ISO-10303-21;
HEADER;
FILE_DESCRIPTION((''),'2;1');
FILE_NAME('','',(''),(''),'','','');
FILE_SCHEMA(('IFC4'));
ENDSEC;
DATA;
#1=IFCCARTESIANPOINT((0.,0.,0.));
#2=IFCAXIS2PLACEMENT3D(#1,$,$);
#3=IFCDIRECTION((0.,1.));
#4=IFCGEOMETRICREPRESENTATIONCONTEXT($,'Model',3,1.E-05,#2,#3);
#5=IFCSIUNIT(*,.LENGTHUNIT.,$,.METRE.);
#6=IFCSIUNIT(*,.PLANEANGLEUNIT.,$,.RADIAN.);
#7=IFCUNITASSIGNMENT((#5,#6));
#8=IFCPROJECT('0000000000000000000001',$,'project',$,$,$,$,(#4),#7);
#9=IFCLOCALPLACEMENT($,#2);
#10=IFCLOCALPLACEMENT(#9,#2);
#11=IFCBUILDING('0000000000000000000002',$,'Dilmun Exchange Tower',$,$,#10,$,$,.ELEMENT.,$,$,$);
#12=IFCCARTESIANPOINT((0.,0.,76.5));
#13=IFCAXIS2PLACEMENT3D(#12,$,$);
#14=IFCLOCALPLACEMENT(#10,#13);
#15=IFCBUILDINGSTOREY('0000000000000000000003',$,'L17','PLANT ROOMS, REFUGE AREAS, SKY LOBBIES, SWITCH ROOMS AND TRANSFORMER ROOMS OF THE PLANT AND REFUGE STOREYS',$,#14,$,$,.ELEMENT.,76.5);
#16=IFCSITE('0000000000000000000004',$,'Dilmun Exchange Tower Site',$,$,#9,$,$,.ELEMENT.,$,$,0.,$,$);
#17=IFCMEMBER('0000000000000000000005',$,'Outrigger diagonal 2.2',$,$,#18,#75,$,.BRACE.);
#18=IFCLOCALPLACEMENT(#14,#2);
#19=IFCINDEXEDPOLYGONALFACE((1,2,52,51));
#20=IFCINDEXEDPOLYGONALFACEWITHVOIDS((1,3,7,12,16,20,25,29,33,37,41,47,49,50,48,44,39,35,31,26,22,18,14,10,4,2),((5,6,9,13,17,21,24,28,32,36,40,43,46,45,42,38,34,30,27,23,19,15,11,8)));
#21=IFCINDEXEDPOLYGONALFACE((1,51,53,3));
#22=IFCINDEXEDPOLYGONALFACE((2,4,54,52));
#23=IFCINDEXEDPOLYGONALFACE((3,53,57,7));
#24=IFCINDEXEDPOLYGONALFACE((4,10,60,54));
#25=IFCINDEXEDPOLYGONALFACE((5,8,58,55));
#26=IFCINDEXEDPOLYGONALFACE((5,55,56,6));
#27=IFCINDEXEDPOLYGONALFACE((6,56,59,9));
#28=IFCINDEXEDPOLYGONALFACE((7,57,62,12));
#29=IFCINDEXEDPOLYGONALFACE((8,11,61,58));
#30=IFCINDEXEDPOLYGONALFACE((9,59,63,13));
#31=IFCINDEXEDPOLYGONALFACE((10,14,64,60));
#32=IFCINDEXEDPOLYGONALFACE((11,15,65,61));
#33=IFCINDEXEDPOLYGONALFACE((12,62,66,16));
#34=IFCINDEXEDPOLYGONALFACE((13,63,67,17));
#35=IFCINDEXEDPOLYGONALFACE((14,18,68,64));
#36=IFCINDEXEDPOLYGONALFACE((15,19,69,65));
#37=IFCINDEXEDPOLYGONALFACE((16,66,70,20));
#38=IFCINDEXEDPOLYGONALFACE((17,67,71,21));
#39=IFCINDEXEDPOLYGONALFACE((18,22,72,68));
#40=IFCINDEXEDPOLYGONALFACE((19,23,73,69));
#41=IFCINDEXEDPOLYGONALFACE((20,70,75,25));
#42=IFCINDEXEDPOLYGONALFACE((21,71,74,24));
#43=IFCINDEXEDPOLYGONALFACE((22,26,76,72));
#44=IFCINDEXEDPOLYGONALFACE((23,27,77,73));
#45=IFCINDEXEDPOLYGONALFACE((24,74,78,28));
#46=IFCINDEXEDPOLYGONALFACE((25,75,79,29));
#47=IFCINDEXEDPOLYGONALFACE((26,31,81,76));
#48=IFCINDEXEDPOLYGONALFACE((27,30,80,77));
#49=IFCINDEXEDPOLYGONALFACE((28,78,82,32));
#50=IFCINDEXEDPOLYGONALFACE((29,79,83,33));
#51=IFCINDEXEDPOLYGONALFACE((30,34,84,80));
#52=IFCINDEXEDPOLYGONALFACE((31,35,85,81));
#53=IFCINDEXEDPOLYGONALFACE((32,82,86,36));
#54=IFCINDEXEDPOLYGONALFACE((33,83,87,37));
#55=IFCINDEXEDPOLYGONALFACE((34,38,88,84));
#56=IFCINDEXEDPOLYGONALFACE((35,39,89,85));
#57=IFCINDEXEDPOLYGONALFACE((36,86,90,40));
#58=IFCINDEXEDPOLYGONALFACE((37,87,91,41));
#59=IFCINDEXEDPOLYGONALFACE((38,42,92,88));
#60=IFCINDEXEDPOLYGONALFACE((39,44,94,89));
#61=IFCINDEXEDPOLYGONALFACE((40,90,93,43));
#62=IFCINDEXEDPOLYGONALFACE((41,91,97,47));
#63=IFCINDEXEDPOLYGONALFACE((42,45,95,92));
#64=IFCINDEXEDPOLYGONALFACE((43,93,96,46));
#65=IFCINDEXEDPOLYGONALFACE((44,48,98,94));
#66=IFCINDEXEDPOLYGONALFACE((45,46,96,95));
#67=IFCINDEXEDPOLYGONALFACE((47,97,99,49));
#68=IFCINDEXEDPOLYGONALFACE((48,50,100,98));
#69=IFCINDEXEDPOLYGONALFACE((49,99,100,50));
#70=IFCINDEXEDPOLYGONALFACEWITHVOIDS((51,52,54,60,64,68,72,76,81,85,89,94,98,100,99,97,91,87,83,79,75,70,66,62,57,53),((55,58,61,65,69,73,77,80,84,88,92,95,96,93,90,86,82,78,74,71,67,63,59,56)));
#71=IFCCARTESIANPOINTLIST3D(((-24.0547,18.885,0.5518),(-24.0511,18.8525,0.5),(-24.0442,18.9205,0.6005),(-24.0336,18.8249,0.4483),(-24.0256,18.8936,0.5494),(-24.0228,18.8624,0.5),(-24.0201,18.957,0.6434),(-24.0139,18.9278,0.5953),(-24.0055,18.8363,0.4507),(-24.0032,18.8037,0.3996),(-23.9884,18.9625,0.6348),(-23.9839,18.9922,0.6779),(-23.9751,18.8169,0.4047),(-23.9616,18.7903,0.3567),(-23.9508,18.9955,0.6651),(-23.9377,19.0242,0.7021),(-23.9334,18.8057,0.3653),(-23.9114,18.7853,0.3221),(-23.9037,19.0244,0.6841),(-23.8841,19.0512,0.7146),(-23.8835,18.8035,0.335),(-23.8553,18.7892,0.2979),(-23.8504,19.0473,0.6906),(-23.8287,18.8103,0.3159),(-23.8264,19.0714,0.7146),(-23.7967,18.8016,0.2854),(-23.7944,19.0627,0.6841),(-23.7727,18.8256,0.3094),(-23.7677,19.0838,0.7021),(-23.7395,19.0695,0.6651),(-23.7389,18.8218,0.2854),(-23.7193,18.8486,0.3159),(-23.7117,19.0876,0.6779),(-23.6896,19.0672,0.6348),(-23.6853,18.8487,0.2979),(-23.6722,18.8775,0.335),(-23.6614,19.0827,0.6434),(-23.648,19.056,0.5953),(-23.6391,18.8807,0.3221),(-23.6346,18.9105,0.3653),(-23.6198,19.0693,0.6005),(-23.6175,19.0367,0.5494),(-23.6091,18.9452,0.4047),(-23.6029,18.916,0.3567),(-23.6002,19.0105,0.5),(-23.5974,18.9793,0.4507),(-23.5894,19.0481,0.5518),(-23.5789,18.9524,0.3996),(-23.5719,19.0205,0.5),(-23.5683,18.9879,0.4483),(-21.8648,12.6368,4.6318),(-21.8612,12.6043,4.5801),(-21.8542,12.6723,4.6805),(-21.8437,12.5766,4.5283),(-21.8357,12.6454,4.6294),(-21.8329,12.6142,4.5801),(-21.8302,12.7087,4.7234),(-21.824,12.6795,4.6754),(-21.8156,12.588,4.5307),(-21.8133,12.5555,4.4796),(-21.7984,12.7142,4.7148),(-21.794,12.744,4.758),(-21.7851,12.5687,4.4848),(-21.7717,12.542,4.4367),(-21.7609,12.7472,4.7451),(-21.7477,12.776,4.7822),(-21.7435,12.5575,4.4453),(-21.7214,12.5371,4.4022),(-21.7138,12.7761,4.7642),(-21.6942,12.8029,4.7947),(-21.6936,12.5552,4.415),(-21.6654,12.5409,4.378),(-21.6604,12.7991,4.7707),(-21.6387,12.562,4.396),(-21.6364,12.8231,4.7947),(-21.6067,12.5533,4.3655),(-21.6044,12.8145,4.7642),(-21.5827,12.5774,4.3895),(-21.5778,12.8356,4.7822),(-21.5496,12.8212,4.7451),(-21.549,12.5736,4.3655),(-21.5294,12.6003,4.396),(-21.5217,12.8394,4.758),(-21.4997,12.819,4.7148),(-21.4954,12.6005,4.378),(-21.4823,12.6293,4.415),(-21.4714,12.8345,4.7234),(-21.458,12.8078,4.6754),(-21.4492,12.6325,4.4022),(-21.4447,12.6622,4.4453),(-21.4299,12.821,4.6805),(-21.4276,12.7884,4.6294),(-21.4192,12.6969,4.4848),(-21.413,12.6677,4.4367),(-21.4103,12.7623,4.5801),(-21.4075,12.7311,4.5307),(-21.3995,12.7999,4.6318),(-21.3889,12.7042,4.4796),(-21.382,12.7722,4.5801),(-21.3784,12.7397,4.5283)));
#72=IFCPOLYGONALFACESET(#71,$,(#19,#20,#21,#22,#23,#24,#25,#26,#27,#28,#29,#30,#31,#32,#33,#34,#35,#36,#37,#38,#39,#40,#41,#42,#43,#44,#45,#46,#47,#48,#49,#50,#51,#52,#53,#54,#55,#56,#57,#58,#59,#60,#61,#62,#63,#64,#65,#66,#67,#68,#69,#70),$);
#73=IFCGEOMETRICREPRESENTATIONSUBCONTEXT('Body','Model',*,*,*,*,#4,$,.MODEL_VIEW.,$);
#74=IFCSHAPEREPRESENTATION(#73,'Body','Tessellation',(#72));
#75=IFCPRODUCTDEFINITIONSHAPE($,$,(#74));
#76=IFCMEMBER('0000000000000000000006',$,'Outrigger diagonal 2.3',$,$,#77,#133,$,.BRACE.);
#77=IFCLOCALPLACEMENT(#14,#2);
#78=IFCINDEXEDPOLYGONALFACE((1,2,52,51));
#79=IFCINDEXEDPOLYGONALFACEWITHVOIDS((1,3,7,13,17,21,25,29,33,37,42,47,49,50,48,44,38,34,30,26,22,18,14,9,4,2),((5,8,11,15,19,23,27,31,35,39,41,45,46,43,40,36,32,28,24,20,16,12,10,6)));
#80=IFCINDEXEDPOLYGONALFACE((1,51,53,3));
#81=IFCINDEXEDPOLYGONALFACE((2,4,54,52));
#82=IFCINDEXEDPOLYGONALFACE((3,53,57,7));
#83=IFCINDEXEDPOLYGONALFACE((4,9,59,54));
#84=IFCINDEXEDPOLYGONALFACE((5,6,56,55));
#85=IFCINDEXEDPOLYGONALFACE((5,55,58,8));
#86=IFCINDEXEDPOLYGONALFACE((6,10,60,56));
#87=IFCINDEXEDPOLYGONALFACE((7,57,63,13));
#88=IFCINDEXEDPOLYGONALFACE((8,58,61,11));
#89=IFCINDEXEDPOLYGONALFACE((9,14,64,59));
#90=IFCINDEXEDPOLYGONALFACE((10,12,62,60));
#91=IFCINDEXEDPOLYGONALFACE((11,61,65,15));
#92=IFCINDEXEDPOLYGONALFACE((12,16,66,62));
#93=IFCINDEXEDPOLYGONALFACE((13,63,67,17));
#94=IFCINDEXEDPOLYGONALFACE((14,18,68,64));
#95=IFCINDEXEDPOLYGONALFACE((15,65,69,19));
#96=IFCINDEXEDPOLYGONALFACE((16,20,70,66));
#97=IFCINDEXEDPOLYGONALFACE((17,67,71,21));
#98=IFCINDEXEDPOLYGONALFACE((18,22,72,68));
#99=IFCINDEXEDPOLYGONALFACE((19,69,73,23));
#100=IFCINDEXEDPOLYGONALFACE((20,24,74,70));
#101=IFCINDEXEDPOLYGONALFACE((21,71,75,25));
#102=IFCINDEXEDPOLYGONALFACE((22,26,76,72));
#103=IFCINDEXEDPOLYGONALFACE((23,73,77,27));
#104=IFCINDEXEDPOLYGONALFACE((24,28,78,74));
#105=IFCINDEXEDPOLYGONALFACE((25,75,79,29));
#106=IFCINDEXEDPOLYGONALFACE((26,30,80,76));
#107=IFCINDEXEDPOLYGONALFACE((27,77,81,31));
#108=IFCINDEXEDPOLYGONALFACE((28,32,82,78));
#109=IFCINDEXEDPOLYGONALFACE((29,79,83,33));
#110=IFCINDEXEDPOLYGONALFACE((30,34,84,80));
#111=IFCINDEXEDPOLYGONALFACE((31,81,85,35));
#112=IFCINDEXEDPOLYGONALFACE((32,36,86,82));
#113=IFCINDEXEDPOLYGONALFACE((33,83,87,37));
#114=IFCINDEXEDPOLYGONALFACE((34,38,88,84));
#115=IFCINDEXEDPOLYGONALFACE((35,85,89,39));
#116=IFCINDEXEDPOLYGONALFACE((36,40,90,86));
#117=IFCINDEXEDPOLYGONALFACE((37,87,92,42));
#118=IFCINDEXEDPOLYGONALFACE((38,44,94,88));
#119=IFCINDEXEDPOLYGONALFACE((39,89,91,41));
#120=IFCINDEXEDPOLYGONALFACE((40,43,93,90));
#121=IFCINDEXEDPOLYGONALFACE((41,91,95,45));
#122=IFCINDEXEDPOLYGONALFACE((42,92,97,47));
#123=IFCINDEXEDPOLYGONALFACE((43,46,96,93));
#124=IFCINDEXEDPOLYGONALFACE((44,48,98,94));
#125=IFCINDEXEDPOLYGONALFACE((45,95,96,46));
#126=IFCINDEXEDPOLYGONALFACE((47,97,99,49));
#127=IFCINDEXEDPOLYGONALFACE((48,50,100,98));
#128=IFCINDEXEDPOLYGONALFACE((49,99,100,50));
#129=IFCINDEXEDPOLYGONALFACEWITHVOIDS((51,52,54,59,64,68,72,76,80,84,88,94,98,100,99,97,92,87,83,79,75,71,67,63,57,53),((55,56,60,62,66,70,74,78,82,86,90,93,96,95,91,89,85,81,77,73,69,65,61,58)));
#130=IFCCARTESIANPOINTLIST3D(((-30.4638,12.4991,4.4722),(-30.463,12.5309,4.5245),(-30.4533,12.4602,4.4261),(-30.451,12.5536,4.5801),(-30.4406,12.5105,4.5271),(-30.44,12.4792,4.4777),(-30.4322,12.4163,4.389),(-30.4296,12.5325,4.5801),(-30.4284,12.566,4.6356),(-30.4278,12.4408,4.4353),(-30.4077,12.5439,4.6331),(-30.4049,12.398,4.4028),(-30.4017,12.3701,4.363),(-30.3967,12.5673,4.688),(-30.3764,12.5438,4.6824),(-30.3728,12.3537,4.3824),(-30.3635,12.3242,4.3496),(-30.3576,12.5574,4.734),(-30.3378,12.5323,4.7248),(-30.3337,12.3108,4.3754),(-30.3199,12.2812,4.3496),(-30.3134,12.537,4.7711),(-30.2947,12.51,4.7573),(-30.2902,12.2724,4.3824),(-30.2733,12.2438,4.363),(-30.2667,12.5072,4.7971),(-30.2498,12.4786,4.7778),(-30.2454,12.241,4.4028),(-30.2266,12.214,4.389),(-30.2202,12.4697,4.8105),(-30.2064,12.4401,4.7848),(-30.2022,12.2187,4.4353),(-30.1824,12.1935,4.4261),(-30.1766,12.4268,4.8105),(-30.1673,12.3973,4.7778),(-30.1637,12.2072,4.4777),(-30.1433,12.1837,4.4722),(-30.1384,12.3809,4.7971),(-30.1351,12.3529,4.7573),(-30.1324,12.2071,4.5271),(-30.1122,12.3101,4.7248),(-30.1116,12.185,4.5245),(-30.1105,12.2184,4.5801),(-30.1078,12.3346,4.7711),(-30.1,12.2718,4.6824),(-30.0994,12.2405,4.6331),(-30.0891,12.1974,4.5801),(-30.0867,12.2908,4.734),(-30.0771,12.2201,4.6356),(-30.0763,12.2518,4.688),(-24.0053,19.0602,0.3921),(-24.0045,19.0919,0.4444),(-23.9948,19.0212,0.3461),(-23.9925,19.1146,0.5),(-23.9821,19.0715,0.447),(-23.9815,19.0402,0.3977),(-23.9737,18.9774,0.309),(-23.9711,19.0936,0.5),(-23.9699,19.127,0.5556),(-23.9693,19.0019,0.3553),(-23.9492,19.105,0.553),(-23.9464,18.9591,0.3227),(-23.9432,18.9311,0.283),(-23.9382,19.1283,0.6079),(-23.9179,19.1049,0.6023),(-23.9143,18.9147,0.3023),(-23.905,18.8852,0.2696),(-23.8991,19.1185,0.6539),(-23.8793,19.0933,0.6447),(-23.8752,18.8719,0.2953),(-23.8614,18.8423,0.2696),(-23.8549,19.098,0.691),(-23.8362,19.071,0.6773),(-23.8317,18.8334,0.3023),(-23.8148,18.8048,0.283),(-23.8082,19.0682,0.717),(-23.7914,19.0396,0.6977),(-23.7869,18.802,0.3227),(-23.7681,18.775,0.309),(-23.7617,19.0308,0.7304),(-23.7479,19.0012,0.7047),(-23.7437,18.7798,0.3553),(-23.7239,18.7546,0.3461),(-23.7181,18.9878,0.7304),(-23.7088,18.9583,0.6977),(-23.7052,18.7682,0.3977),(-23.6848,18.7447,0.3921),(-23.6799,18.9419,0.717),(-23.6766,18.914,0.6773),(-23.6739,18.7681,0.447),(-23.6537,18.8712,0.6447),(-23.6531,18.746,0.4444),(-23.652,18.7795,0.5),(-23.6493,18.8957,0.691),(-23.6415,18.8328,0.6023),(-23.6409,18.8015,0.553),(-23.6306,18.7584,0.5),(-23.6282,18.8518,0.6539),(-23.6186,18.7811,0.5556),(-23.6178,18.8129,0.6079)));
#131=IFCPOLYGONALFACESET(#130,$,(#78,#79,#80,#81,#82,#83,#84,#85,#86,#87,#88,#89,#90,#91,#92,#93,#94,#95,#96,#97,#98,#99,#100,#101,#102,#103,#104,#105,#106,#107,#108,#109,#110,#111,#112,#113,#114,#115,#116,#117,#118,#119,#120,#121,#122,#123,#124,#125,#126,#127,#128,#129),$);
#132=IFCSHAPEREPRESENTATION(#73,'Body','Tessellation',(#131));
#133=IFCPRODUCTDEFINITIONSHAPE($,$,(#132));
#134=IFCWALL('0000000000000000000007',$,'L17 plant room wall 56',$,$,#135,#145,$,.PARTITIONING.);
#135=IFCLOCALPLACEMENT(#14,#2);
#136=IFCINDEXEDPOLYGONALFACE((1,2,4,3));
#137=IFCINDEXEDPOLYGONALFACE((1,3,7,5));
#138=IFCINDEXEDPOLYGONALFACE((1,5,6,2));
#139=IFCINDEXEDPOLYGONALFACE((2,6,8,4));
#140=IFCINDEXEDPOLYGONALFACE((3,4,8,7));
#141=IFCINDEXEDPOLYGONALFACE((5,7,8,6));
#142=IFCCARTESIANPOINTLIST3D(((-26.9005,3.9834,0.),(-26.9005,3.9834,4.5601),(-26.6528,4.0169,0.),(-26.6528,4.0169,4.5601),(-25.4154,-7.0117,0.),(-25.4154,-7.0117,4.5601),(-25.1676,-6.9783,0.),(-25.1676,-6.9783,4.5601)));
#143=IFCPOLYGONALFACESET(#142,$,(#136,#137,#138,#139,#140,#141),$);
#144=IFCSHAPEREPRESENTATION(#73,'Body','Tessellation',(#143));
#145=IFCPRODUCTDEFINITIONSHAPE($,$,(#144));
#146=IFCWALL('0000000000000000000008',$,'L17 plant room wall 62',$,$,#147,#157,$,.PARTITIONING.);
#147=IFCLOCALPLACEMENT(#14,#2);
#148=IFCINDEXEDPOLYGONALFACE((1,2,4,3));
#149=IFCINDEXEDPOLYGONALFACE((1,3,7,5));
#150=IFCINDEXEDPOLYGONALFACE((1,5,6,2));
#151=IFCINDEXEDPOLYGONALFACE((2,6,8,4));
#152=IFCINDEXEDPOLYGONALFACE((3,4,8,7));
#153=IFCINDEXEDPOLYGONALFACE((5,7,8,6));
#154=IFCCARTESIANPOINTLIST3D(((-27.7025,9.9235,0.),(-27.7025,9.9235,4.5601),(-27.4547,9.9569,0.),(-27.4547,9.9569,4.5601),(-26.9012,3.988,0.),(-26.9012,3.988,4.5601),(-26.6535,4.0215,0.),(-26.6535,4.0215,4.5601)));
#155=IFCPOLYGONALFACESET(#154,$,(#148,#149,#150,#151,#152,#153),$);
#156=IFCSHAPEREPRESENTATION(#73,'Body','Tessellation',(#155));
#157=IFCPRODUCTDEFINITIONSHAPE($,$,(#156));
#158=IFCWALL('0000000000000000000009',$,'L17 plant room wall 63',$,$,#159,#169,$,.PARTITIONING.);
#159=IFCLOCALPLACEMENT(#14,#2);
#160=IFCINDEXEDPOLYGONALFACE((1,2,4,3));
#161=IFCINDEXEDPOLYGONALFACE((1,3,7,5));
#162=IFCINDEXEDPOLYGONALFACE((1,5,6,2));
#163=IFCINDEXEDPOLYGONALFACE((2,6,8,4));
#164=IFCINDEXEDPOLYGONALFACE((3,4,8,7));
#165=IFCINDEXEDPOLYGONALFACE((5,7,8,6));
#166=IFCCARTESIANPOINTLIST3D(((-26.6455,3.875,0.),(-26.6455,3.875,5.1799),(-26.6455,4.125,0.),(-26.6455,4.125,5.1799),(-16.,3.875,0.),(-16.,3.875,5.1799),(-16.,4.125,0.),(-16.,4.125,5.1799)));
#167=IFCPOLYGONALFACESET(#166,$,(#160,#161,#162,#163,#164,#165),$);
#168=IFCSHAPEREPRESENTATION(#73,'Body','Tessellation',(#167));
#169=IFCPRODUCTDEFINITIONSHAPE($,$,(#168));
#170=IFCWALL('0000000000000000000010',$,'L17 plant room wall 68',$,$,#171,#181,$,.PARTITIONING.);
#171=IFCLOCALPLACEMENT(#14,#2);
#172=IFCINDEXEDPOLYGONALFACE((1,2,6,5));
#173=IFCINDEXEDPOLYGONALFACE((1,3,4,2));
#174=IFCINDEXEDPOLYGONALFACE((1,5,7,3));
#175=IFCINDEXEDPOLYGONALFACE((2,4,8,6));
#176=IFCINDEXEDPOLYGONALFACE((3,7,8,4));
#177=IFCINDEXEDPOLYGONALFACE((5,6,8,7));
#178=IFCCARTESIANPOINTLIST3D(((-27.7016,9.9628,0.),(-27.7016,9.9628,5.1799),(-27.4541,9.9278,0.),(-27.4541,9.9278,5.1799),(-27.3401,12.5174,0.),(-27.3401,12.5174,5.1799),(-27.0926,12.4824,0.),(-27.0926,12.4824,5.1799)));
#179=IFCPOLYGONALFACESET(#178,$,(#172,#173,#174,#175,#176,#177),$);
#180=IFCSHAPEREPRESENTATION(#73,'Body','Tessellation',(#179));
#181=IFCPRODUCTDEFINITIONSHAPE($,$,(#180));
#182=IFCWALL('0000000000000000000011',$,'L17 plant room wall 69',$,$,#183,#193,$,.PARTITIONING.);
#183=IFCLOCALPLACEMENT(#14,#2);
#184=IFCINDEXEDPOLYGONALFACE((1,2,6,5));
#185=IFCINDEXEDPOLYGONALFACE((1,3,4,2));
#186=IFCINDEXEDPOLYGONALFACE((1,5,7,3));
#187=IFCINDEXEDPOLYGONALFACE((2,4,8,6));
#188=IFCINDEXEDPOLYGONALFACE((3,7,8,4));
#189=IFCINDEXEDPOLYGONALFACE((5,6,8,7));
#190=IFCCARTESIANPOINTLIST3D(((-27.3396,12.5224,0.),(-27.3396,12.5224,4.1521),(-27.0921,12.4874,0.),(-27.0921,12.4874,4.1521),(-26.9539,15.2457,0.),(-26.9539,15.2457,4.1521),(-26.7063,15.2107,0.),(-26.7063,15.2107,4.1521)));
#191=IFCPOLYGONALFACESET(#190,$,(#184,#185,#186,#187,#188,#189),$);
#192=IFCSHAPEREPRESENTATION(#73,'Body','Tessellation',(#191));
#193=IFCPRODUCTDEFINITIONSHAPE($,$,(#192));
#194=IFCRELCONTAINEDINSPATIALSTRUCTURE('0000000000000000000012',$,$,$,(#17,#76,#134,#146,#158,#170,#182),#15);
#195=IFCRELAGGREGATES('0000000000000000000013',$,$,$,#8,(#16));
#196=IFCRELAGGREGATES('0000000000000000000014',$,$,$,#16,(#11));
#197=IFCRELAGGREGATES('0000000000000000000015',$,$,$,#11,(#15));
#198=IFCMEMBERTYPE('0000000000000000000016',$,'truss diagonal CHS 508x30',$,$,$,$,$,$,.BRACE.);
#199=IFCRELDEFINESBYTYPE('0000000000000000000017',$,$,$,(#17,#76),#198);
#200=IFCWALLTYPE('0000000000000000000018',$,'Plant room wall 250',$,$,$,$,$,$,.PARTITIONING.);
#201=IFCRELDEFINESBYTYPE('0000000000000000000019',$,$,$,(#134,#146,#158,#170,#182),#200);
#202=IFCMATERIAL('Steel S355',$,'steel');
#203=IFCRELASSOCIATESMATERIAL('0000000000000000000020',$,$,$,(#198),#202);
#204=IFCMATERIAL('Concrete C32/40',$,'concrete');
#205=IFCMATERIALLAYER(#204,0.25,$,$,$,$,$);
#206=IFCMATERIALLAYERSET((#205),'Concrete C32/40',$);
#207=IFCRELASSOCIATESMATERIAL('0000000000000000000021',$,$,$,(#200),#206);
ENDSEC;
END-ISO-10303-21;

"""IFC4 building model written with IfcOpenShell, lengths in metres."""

from ifc_helpers import new_model, si_unit, direction, frame, frame_2d, origin, origin_2d, place, context, subcontext, project, spatial, rectangle, hollow_circle, extrude, material, layer, layer_set, material_profile, profile_set, type_object, element, save


model = new_model("IFC4")

# Units and contexts
model_context = context("Model", 3, precision=1e-05, world=origin(), true_north=direction((0.0, 1.0)))
body_context = subcontext(model_context, "Body", "Model", "MODEL_VIEW")
ifc_project = project(units=[si_unit("LENGTHUNIT", "METRE"), si_unit("PLANEANGLEUNIT", "RADIAN")], contexts=[model_context])

# Site, building, storey
site_placement = place(None, origin())
site = spatial("IfcSite", under=ifc_project, at=site_placement, Name="Dilmun Exchange Tower Site", CompositionType="ELEMENT", RefElevation=0.0)
building_placement = place(site_placement, origin())
building = spatial("IfcBuilding", under=site, at=building_placement, Name="Dilmun Exchange Tower", CompositionType="ELEMENT")
storey_placement = place(building_placement, frame((0.0, 0.0, 76.5)))
storey = spatial("IfcBuildingStorey", under=building, at=storey_placement, Name="L17", Description="PLANT ROOMS, REFUGE AREAS, SKY LOBBIES, SWITCH ROOMS AND TRANSFORMER ROOMS OF THE PLANT AND REFUGE STOREYS", CompositionType="ELEMENT", Elevation=76.5)

# Shared definitions
ifc_material_1 = material(Name="Steel S355", Category="steel")

# Members
ifc_material_profile_1 = material_profile(ifc_material_1, hollow_circle(Radius=0.2539, WallThickness=0.03, at=origin_2d()), Name="CHS 508x30")
ifc_profile_set_1 = profile_set([ifc_material_profile_1], Name="Steel S355")
member_type_1 = type_object("IfcMemberType", Name="truss diagonal CHS 508x30", PredefinedType="BRACE", material=ifc_profile_set_1)
member_1_placement = place(storey_placement, frame((-21.6216, 12.6882, 4.5801), z_axis=(-0.281587, 0.803417, -0.524624), x_axis=(-0.943715, -0.330759, 0.0)))
element("IfcMember", 1, at=member_1_placement, inside=storey, type_object=member_type_1, Name="Outrigger diagonal 2.2", PredefinedType="BRACE", context=body_context, shape_type="SweptSolid", body=[
    extrude(hollow_circle(Radius=0.2539, WallThickness=0.03, at=origin_2d()), origin(), (0.0, 0.0, 1.0), 7.7771),
])
member_2_placement = place(storey_placement, frame((-30.27, 12.3755, 4.5801), z_axis=(0.641355, 0.651538, -0.405169), x_axis=(-0.712654, 0.701516, 0.0)))
element("IfcMember", 2, at=member_2_placement, inside=storey, type_object=member_type_1, Name="Outrigger diagonal 2.3", PredefinedType="BRACE", context=body_context, shape_type="SweptSolid", body=[
    extrude(hollow_circle(Radius=0.2539, WallThickness=0.03, at=origin_2d()), origin(), (0.0, 0.0, 1.0), 10.0701),
])

# Walls
ifc_material_2 = material(Name="Concrete C32/40", Category="concrete")
ifc_layer_1 = layer(ifc_material_2, 0.25)
ifc_layer_set_1 = layer_set([ifc_layer_1], Name="Concrete C32/40")
wall_type = type_object("IfcWallType", Name="Plant room wall 250", PredefinedType="PARTITIONING", material=ifc_layer_set_1)
wall_1_placement = place(storey_placement, frame((-26.7766, 4.0, 0.0), z_axis=(0.0, 0.0, 1.0), x_axis=(0.133854, -0.991001, 0.0)))
element("IfcWall", 3, at=wall_1_placement, inside=storey, type_object=wall_type, Name="L17 plant room wall 56", PredefinedType="PARTITIONING", context=body_context, shape_type="SweptSolid", body=[
    extrude(rectangle(XDim=11.095, YDim=0.25, at=frame_2d((5.5474, 0.0))), origin(), (0.0, 0.0, 1.0), 4.5601),
])
wall_2_placement = place(storey_placement, frame((-27.5786, 9.9402, 0.0), z_axis=(0.0, 0.0, 1.0), x_axis=(0.133787, -0.99101, 0.0)))
element("IfcWall", 4, at=wall_2_placement, inside=storey, type_object=wall_type, Name="L17 plant room wall 62", PredefinedType="PARTITIONING", context=body_context, shape_type="SweptSolid", body=[
    extrude(rectangle(XDim=5.9893, YDim=0.25, at=frame_2d((2.9946, 0.0))), origin(), (0.0, 0.0, 1.0), 4.5601),
])
wall_3_placement = place(storey_placement, frame((-26.6455, 4.0, 0.0), z_axis=(0.0, 0.0, 1.0), x_axis=(1.0, 0.0, 0.0)))
element("IfcWall", 5, at=wall_3_placement, inside=storey, type_object=wall_type, Name="L17 plant room wall 63", PredefinedType="PARTITIONING", context=body_context, shape_type="SweptSolid", body=[
    extrude(rectangle(XDim=10.6455, YDim=0.25, at=frame_2d((5.3228, 0.0))), origin(), (0.0, 0.0, 1.0), 5.1799),
])
wall_4_placement = place(storey_placement, frame((-27.5779, 9.9453, 0.0), z_axis=(0.0, 0.0, 1.0), x_axis=(0.140136, 0.990132, 0.0)))
element("IfcWall", 6, at=wall_4_placement, inside=storey, type_object=wall_type, Name="L17 plant room wall 68", PredefinedType="PARTITIONING", context=body_context, shape_type="SweptSolid", body=[
    extrude(rectangle(XDim=2.5801, YDim=0.25, at=frame_2d((1.29, 0.0))), origin(), (0.0, 0.0, 1.0), 5.1799),
])
wall_5_placement = place(storey_placement, frame((-27.2158, 12.5049, 0.0), z_axis=(0.0, 0.0, 1.0), x_axis=(0.140241, 0.990117, 0.0)))
element("IfcWall", 7, at=wall_5_placement, inside=storey, type_object=wall_type, Name="L17 plant room wall 69", PredefinedType="PARTITIONING", context=body_context, shape_type="SweptSolid", body=[
    extrude(rectangle(XDim=2.7505, YDim=0.25, at=frame_2d((1.3752, 0.0))), origin(), (0.0, 0.0, 1.0), 4.1521),
])

save(model, "model.ifc")
